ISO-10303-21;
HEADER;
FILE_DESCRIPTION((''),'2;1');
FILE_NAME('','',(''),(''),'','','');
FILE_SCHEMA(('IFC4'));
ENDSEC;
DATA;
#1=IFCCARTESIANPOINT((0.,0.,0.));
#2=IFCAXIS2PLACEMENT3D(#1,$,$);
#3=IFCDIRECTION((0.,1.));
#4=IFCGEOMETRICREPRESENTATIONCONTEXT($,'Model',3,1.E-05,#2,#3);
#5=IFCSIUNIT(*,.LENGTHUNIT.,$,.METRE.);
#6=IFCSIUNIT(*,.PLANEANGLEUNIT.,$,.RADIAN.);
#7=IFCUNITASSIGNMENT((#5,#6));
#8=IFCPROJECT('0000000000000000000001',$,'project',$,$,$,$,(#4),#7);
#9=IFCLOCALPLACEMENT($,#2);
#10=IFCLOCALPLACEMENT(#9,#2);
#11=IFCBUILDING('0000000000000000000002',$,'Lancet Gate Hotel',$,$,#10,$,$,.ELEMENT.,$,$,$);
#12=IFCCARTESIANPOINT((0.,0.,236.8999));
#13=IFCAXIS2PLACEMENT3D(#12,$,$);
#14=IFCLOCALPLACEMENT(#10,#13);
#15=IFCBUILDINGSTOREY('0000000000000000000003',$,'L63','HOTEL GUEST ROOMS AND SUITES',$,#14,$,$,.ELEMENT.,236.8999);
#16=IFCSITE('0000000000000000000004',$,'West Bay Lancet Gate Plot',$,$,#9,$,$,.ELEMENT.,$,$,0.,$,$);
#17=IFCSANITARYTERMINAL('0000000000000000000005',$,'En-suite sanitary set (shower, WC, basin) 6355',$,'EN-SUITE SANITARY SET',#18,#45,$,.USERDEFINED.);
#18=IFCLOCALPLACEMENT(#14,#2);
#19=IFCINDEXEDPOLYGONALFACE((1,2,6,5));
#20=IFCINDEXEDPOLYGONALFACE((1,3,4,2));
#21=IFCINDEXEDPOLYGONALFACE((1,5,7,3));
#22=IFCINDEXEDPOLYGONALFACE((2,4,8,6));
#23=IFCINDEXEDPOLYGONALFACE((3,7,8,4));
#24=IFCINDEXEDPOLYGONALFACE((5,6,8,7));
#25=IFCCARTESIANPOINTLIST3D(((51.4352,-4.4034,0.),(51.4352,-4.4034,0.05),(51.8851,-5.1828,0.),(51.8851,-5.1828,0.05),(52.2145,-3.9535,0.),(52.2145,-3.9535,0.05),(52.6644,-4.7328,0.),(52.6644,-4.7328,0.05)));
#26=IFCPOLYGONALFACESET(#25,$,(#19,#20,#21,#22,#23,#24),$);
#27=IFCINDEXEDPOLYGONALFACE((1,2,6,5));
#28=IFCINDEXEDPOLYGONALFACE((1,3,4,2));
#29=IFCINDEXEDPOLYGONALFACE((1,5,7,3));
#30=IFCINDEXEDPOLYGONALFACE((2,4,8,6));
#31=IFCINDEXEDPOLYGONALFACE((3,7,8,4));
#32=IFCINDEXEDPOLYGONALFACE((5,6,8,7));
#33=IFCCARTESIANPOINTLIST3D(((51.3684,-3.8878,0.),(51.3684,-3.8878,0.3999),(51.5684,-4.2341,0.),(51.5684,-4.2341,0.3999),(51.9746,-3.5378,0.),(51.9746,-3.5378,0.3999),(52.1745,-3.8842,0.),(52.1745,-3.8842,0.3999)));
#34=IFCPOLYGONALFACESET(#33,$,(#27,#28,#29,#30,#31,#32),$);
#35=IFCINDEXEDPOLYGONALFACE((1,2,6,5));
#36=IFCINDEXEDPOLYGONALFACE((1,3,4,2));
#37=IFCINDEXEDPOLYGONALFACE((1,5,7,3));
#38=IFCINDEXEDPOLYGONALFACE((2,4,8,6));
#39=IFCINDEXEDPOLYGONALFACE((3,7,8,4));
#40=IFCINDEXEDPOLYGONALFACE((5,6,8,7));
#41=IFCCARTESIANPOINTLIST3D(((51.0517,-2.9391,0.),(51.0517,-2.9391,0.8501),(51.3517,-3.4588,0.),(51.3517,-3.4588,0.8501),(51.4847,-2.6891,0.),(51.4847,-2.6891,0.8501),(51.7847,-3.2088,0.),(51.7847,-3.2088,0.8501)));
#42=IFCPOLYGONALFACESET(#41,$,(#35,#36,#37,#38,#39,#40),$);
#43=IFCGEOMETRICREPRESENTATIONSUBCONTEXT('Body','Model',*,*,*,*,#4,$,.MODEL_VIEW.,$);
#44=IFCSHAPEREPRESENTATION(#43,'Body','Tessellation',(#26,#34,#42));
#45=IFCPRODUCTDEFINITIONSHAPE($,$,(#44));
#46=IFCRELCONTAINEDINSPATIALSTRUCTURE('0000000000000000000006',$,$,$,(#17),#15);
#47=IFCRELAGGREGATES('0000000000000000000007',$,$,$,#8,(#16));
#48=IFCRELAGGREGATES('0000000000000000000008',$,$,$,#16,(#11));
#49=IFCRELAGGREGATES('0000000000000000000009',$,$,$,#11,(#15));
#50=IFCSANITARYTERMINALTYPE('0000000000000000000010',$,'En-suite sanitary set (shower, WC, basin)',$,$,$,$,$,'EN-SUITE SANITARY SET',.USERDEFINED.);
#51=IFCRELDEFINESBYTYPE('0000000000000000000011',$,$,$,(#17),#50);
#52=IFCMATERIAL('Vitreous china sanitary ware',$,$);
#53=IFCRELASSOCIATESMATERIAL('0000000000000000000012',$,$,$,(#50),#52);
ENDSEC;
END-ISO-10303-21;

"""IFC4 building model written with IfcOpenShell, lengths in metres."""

from ifc_helpers import new_model, si_unit, direction, frame, origin, origin_2d, place, context, subcontext, project, spatial, rectangle, extrude, material, type_object, element, save


model = new_model("IFC4")

# Units and contexts
model_context = context("Model", 3, precision=1e-05, world=origin(), true_north=direction((0.0, 1.0)))
body_context = subcontext(model_context, "Body", "Model", "MODEL_VIEW")
ifc_project = project(units=[si_unit("LENGTHUNIT", "METRE"), si_unit("PLANEANGLEUNIT", "RADIAN")], contexts=[model_context])

# Site, building, storey
site_placement = place(None, origin())
site = spatial("IfcSite", under=ifc_project, at=site_placement, Name="West Bay Lancet Gate Plot", CompositionType="ELEMENT", RefElevation=0.0)
building_placement = place(site_placement, origin())
building = spatial("IfcBuilding", under=site, at=building_placement, Name="Lancet Gate Hotel", CompositionType="ELEMENT")
storey_placement = place(building_placement, frame((0.0, 0.0, 236.8999)))
storey = spatial("IfcBuildingStorey", under=building, at=storey_placement, Name="L63", Description="HOTEL GUEST ROOMS AND SUITES", CompositionType="ELEMENT", Elevation=236.8999)

# Sanitary terminal
ifc_material_1 = material(Name="Vitreous china sanitary ware")
sanitary_terminal_type = type_object("IfcSanitaryTerminalType", Name="En-suite sanitary set (shower, WC, basin)", ElementType="EN-SUITE SANITARY SET", PredefinedType="USERDEFINED", material=ifc_material_1)
sanitary_terminal_placement = place(storey_placement, frame((52.0498, -4.5681, 0.0), z_axis=(0.0, 0.0, 1.0), x_axis=(1.0, 0.0, 0.0)))
element("IfcSanitaryTerminal", 1, at=sanitary_terminal_placement, inside=storey, type_object=sanitary_terminal_type, Name="En-suite sanitary set (shower, WC, basin) 6355", ObjectType="EN-SUITE SANITARY SET", PredefinedType="USERDEFINED", context=body_context, shape_type="SweptSolid", body=[
    extrude(rectangle(XDim=0.8999, YDim=0.8999, at=origin_2d()), frame((0.0, 0.0, 0.0), z_axis=(0.0, 0.0, 1.0), x_axis=(0.5, -0.866025, 0.0)), (0.0, 0.0, 1.0), 0.05),
    extrude(rectangle(XDim=0.3999, YDim=0.7, at=origin_2d()), frame((-0.2783, 0.6821, 0.0), z_axis=(0.0, 0.0, 1.0), x_axis=(0.5, -0.866025, 0.0)), (0.0, 0.0, 1.0), 0.3999),
    extrude(rectangle(XDim=0.6001, YDim=0.5, at=origin_2d()), frame((-0.6316, 1.4941, 0.0), z_axis=(0.0, 0.0, 1.0), x_axis=(0.5, -0.866025, 0.0)), (0.0, 0.0, 1.0), 0.8501),
])

save(model, "model.ifc")
